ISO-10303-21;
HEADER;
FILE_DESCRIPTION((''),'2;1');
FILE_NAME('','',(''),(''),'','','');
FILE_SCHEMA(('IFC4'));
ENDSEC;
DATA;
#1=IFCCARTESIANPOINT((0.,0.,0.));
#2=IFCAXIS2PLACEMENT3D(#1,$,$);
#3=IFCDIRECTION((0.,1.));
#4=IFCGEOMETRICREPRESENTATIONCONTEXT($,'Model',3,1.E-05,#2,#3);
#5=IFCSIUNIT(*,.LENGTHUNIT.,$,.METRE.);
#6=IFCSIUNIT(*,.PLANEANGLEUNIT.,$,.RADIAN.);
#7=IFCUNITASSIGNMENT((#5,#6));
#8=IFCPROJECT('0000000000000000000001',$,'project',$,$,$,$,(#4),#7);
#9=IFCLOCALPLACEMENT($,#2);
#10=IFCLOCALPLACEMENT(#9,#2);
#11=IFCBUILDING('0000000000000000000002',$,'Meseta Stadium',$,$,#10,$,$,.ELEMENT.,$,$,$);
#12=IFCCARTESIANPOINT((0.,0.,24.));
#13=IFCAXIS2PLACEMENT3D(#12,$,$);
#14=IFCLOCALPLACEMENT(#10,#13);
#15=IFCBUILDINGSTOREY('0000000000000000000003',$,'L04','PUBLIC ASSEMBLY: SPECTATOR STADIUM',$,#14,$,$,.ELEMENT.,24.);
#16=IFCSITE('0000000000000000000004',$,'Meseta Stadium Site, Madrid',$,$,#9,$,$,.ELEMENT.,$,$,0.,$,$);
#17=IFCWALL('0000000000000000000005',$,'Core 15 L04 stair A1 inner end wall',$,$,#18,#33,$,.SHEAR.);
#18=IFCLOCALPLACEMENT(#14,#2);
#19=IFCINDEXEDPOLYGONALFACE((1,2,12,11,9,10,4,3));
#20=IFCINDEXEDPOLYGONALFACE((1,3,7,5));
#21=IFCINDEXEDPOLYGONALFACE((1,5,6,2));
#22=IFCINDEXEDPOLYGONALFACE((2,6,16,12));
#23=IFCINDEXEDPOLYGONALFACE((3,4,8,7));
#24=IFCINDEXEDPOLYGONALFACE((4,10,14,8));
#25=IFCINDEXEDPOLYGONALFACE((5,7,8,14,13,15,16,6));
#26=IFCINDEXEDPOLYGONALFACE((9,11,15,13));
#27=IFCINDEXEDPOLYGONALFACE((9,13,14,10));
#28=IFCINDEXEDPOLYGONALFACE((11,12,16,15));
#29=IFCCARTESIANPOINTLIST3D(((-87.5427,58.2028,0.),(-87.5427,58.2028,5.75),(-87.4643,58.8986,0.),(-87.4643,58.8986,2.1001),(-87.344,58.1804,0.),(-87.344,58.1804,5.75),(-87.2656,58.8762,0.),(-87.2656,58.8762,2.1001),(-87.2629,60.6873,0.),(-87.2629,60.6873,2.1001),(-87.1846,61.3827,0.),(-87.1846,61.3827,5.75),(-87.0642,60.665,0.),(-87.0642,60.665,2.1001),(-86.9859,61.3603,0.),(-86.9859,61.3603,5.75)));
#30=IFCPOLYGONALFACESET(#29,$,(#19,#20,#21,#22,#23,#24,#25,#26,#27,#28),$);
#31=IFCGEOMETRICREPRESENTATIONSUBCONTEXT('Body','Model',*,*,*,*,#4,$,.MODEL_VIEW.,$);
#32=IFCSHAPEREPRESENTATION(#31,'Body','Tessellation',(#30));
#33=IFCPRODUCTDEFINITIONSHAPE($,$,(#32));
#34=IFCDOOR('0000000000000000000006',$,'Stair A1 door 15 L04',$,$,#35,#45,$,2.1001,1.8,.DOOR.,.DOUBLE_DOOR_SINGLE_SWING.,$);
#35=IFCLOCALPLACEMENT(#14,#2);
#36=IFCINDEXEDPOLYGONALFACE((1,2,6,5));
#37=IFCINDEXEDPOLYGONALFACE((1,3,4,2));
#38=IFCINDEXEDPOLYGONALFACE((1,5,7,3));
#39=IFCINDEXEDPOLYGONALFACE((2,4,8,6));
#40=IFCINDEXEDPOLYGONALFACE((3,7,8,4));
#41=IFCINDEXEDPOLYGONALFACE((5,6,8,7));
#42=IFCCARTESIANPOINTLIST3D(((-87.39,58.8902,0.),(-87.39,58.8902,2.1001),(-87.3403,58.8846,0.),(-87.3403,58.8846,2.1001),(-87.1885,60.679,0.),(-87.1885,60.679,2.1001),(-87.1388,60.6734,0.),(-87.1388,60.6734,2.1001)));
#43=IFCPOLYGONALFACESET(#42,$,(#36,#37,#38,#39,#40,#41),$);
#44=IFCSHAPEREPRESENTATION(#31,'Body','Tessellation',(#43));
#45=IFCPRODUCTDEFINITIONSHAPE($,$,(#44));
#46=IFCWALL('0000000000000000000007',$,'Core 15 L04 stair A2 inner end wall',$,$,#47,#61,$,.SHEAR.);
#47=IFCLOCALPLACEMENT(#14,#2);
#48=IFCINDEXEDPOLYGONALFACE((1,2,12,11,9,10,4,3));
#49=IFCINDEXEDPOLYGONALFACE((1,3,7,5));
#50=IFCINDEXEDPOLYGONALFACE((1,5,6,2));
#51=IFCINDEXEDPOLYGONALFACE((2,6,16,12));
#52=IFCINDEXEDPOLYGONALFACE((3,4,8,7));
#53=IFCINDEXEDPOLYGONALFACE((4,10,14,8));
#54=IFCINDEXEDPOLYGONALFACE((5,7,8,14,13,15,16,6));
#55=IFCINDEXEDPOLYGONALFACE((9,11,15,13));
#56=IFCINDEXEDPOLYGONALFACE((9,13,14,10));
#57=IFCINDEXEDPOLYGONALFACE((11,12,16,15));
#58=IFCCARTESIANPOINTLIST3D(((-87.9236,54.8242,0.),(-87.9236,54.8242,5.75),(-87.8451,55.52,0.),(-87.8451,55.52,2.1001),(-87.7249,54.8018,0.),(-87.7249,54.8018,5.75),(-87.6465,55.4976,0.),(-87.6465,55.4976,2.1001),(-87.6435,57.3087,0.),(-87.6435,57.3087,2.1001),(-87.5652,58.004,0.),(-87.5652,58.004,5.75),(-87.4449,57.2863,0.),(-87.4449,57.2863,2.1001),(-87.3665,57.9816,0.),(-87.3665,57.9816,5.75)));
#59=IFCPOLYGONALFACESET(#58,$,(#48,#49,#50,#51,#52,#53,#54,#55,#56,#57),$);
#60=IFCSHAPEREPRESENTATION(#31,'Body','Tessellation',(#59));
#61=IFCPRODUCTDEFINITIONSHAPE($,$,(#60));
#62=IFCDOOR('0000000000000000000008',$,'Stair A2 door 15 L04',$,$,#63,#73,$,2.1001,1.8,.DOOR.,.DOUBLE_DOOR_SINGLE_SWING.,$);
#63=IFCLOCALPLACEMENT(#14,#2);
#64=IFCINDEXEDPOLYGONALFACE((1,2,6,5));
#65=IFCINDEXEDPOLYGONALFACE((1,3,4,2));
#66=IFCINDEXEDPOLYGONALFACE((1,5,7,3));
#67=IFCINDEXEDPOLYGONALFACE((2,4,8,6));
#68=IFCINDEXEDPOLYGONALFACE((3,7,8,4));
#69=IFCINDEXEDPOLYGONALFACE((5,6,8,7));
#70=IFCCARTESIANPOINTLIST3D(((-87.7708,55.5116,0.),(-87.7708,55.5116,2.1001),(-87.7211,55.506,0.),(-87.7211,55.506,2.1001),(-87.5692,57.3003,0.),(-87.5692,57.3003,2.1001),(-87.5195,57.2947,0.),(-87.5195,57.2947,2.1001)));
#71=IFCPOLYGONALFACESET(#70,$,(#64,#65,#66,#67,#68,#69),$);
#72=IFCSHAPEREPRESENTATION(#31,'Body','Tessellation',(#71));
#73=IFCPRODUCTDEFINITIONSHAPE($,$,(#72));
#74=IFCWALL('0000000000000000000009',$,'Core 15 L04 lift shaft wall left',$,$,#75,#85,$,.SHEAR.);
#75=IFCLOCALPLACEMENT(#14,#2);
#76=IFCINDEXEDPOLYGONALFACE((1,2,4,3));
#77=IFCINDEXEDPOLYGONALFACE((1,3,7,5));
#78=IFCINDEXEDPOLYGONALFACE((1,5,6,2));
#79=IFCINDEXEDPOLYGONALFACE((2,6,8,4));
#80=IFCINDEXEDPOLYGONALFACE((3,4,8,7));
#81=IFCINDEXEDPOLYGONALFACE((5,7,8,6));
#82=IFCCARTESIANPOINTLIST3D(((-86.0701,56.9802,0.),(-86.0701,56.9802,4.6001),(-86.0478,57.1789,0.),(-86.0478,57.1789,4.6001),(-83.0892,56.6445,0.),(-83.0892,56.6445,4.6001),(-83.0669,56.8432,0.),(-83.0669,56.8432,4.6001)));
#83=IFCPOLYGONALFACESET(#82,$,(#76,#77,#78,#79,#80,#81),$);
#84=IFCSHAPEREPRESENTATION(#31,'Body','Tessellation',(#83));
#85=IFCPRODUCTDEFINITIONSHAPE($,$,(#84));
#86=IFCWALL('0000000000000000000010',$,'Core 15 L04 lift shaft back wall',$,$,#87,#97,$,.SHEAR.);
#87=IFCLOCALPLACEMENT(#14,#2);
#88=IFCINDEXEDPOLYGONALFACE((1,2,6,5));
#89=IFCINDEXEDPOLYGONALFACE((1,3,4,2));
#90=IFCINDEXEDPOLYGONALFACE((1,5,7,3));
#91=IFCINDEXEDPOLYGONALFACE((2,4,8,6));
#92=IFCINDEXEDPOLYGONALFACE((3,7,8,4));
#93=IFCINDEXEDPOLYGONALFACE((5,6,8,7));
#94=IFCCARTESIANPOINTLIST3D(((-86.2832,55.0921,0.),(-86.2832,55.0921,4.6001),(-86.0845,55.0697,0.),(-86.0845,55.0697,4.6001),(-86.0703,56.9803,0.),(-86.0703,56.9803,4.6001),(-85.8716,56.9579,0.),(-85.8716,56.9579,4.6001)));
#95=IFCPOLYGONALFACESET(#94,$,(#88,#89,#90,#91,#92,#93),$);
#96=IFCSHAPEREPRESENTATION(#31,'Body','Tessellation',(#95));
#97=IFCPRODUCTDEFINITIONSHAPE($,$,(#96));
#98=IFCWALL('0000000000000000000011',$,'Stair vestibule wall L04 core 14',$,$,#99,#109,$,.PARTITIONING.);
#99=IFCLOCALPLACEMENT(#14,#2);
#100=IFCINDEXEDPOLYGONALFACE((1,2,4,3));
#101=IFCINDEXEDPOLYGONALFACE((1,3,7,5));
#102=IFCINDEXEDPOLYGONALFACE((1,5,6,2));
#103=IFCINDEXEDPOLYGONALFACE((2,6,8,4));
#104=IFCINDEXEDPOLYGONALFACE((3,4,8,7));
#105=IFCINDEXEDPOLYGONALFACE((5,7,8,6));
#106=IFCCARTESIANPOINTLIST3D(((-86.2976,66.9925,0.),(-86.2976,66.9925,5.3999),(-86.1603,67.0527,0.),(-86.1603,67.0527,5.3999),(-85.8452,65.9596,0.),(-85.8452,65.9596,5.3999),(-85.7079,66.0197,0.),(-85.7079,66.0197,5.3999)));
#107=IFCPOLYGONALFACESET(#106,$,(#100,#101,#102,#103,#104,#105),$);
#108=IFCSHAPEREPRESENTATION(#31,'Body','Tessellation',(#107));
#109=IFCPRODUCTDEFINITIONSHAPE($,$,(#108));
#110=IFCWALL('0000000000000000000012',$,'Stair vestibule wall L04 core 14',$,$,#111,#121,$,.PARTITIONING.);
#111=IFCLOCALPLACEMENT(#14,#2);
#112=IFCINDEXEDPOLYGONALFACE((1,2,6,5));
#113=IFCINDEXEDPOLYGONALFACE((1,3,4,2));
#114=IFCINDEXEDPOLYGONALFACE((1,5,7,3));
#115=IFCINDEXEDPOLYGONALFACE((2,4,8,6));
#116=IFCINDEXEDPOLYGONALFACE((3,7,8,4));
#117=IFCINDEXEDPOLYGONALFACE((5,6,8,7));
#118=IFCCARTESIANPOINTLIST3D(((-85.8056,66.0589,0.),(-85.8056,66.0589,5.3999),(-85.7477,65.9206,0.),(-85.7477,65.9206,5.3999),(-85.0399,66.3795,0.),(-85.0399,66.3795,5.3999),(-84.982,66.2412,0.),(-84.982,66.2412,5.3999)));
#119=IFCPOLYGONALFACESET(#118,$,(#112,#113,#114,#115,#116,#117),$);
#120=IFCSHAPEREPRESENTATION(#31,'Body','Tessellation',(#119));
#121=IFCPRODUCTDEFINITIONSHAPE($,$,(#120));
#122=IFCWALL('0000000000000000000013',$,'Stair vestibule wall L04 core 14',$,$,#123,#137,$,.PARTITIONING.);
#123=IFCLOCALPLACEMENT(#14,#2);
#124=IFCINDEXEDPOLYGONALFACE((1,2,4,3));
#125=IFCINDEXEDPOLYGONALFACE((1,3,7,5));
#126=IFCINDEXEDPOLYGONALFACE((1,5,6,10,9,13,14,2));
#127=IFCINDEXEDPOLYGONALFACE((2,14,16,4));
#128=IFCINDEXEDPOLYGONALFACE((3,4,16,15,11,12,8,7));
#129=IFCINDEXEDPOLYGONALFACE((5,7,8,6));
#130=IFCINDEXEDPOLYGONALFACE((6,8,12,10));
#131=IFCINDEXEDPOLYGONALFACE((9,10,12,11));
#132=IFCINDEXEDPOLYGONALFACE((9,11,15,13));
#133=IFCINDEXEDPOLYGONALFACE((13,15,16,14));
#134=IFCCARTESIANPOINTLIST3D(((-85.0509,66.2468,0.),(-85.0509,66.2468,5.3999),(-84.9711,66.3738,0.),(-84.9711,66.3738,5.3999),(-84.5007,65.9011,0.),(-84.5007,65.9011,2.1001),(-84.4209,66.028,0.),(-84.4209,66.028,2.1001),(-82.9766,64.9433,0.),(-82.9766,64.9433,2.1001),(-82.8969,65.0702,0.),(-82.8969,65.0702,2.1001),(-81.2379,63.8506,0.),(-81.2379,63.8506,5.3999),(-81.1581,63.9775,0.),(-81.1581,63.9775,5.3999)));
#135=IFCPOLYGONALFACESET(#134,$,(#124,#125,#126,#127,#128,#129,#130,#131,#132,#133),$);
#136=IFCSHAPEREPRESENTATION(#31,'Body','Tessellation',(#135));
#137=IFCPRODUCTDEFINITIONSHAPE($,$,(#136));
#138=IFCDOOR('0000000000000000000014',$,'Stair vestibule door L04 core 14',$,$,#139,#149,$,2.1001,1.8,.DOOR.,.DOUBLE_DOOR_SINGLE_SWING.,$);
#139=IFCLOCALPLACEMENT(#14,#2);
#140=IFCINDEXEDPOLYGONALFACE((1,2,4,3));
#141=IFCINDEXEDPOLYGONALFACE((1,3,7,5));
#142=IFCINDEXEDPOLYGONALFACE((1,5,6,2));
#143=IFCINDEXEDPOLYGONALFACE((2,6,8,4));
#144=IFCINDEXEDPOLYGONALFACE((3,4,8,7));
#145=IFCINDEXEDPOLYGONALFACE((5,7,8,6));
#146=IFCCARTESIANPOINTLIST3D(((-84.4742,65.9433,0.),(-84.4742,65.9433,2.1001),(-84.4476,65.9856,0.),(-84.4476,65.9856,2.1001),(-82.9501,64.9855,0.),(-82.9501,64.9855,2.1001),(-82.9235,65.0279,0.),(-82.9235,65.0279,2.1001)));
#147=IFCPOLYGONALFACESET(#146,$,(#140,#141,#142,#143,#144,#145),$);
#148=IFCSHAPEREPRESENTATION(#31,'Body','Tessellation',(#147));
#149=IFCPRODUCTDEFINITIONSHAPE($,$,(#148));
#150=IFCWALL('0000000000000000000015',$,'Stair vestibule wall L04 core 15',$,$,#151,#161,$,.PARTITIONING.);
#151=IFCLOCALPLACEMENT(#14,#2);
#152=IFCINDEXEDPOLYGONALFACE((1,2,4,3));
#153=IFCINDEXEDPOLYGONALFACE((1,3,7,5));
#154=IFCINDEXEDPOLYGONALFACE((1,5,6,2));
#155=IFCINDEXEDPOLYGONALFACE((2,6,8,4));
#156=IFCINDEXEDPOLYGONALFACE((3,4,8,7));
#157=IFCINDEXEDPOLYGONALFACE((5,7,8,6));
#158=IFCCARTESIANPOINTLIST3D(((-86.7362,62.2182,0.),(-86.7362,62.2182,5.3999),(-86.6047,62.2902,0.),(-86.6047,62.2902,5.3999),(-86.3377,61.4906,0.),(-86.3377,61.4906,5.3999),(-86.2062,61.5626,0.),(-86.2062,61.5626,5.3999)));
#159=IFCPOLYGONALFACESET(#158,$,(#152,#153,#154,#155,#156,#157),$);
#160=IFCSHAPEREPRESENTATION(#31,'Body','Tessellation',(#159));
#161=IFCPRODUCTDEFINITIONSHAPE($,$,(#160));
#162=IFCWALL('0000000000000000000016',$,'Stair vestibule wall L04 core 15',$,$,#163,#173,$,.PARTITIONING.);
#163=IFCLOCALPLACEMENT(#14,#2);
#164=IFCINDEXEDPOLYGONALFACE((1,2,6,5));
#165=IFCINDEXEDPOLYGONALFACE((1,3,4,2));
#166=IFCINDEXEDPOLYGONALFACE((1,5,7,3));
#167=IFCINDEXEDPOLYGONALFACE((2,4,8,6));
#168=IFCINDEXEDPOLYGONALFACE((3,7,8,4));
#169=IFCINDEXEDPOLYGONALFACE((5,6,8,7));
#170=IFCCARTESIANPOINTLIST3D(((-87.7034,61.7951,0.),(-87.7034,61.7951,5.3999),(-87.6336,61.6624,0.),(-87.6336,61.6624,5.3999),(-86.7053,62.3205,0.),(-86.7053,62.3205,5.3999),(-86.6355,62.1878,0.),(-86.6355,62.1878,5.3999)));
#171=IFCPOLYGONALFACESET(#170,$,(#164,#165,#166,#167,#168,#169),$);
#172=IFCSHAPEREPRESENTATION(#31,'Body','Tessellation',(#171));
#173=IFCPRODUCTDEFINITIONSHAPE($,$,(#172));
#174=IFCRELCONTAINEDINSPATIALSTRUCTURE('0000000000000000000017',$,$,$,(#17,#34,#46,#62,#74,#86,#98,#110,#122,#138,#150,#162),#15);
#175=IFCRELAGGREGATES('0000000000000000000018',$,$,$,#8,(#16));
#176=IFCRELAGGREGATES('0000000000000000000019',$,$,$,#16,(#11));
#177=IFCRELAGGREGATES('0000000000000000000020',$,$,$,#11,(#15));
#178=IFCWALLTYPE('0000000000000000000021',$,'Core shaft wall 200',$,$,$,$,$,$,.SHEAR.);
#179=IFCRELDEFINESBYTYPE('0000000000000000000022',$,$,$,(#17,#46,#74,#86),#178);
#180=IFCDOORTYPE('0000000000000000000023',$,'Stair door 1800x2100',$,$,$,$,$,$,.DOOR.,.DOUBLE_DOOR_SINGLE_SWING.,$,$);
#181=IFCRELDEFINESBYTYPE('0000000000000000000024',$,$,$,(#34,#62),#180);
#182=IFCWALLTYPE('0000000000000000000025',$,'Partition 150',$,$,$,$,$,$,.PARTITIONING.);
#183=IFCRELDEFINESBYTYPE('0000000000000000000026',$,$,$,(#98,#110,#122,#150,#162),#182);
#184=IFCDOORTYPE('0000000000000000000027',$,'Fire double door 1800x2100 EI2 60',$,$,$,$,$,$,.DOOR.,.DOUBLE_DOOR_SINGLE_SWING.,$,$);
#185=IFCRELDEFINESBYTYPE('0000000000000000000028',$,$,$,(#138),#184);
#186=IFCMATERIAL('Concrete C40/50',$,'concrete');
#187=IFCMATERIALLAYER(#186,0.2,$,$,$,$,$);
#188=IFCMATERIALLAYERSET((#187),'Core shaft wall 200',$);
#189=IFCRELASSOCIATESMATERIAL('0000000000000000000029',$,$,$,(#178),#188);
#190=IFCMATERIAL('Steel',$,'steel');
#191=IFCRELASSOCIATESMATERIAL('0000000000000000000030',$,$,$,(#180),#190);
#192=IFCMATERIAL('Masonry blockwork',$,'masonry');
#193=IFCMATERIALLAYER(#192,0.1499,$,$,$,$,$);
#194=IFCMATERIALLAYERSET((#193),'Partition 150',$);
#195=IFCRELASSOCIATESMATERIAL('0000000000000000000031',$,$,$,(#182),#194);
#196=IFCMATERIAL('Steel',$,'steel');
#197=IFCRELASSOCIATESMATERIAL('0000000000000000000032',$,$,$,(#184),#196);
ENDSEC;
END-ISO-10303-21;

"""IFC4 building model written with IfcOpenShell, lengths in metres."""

from ifc_helpers import new_model, si_unit, direction, frame, frame_2d, origin, place, context, subcontext, project, spatial, rectangle, extrude, material, layer, layer_set, type_object, element, fill, save


model = new_model("IFC4")

# Units and contexts
model_context = context("Model", 3, precision=1e-05, world=origin(), true_north=direction((0.0, 1.0)))
body_context = subcontext(model_context, "Body", "Model", "MODEL_VIEW")
ifc_project = project(units=[si_unit("LENGTHUNIT", "METRE"), si_unit("PLANEANGLEUNIT", "RADIAN")], contexts=[model_context])

# Site, building, storey
site_placement = place(None, origin())
site = spatial("IfcSite", under=ifc_project, at=site_placement, Name="Meseta Stadium Site, Madrid", CompositionType="ELEMENT", RefElevation=0.0)
building_placement = place(site_placement, origin())
building = spatial("IfcBuilding", under=site, at=building_placement, Name="Meseta Stadium", CompositionType="ELEMENT")
storey_placement = place(building_placement, frame((0.0, 0.0, 24.0)))
storey = spatial("IfcBuildingStorey", under=building, at=storey_placement, Name="L04", Description="PUBLIC ASSEMBLY: SPECTATOR STADIUM", CompositionType="ELEMENT", Elevation=24.0)

# Shared definitions
ifc_material_1 = material(Name="Concrete C40/50", Category="concrete")
ifc_layer_1 = layer(ifc_material_1, 0.2)
ifc_layer_set_1 = layer_set([ifc_layer_1], Name="Core shaft wall 200")
wall_type_1 = type_object("IfcWallType", Name="Core shaft wall 200", PredefinedType="SHEAR", material=ifc_layer_set_1)

# Walls, openings, doors
wall_1_placement = place(storey_placement, frame((-87.0852, 61.3716, 0.0), z_axis=(0.0, 0.0, 1.0), x_axis=(-0.111922, -0.993717, 0.0)))
wall_1 = element("IfcWall", 1, at=wall_1_placement, inside=storey, type_object=wall_type_1, Name="Core 15 L04 stair A1 inner end wall", PredefinedType="SHEAR", context=body_context, shape_type="SweptSolid", body=[
    extrude(rectangle(XDim=3.2, YDim=0.2, at=frame_2d((1.6001, 0.0))), origin(), (0.0, 0.0, 1.0), 5.75),
])
opening_1_placement = place(wall_1_placement, frame((0.7, 0.0, 0.0)))
opening_1 = element("IfcOpeningElement", 2, at=opening_1_placement, cuts=wall_1, PredefinedType="OPENING", context=body_context, shape_type="SweptSolid", body=[
    extrude(rectangle(XDim=1.8, YDim=2.1001, at=frame_2d((0.8999, 1.05))), frame((0.0, 0.1099, 0.0), z_axis=(0.0, -1.0, 0.0), x_axis=(1.0, 0.0, 0.0)), (0.0, 0.0, 1.0), 0.22),
])
ifc_material_2 = material(Name="Steel", Category="steel")
door_type_1 = type_object("IfcDoorType", Name="Stair door 1800x2100", OperationType="DOUBLE_DOOR_SINGLE_SWING", PredefinedType="DOOR", material=ifc_material_2)
door_1_placement = place(opening_1_placement, origin())
door_1 = element("IfcDoor", 3, at=door_1_placement, inside=storey, type_object=door_type_1, Name="Stair A1 door 15 L04", OperationType="DOUBLE_DOOR_SINGLE_SWING", OverallHeight=2.1001, OverallWidth=1.8, PredefinedType="DOOR", context=body_context, shape_type="SweptSolid", body=[
    extrude(rectangle(XDim=1.8, YDim=2.1001, at=frame_2d((0.8999, 1.05))), frame((0.0, 0.0249, 0.0), z_axis=(0.0, -1.0, 0.0), x_axis=(1.0, 0.0, 0.0)), (0.0, 0.0, 1.0), 0.05),
])
fill(opening_1, door_1)
wall_2_placement = place(storey_placement, frame((-87.4658, 57.9929, 0.0), z_axis=(0.0, 0.0, 1.0), x_axis=(-0.111997, -0.993709, 0.0)))
wall_2 = element("IfcWall", 4, at=wall_2_placement, inside=storey, type_object=wall_type_1, Name="Core 15 L04 stair A2 inner end wall", PredefinedType="SHEAR", context=body_context, shape_type="SweptSolid", body=[
    extrude(rectangle(XDim=3.2, YDim=0.2, at=frame_2d((1.6001, 0.0))), origin(), (0.0, 0.0, 1.0), 5.75),
])
opening_2_placement = place(wall_2_placement, frame((0.7, 0.0, 0.0)))
opening_2 = element("IfcOpeningElement", 5, at=opening_2_placement, cuts=wall_2, PredefinedType="OPENING", context=body_context, shape_type="SweptSolid", body=[
    extrude(rectangle(XDim=1.8, YDim=2.1001, at=frame_2d((0.8999, 1.05))), frame((0.0, 0.1099, 0.0), z_axis=(0.0, -1.0, 0.0), x_axis=(1.0, 0.0, 0.0)), (0.0, 0.0, 1.0), 0.22),
])
door_2_placement = place(opening_2_placement, origin())
door_2 = element("IfcDoor", 6, at=door_2_placement, inside=storey, type_object=door_type_1, Name="Stair A2 door 15 L04", OperationType="DOUBLE_DOOR_SINGLE_SWING", OverallHeight=2.1001, OverallWidth=1.8, PredefinedType="DOOR", context=body_context, shape_type="SweptSolid", body=[
    extrude(rectangle(XDim=1.8, YDim=2.1001, at=frame_2d((0.8999, 1.05))), frame((0.0, 0.0249, 0.0), z_axis=(0.0, -1.0, 0.0), x_axis=(1.0, 0.0, 0.0)), (0.0, 0.0, 1.0), 0.05),
])
fill(opening_2, door_2)

# Walls
wall_3_placement = place(storey_placement, frame((-86.0591, 57.0796, 0.0), z_axis=(0.0, 0.0, 1.0), x_axis=(0.993719, -0.111905, 0.0)))
element("IfcWall", 7, at=wall_3_placement, inside=storey, type_object=wall_type_1, Name="Core 15 L04 lift shaft wall left", PredefinedType="SHEAR", context=body_context, shape_type="SweptSolid", body=[
    extrude(rectangle(XDim=2.9998, YDim=0.2, at=frame_2d((1.5, 0.0))), origin(), (0.0, 0.0, 1.0), 4.6001),
])
wall_4_placement = place(storey_placement, frame((-85.9709, 56.9692, 0.0), z_axis=(0.0, 0.0, 1.0), x_axis=(-0.112039, -0.993704, 0.0)))
element("IfcWall", 8, at=wall_4_placement, inside=storey, type_object=wall_type_1, Name="Core 15 L04 lift shaft back wall", PredefinedType="SHEAR", context=body_context, shape_type="SweptSolid", body=[
    extrude(rectangle(XDim=1.9001, YDim=0.2, at=frame_2d((0.9502, 0.0))), origin(), (0.0, 0.0, 1.0), 4.6001),
])
ifc_material_3 = material(Name="Masonry blockwork", Category="masonry")
ifc_layer_2 = layer(ifc_material_3, 0.1499)
ifc_layer_set_2 = layer_set([ifc_layer_2], Name="Partition 150")
wall_type_2 = type_object("IfcWallType", Name="Partition 150", PredefinedType="PARTITIONING", material=ifc_layer_set_2)
wall_5_placement = place(storey_placement, frame((-86.229, 67.0227, 0.0), z_axis=(0.0, 0.0, 1.0), x_axis=(0.401171, -0.916003, 0.0)))
element("IfcWall", 9, at=wall_5_placement, inside=storey, type_object=wall_type_2, Name="Stair vestibule wall L04 core 14", PredefinedType="PARTITIONING", context=body_context, shape_type="SweptSolid", body=[
    extrude(rectangle(XDim=1.1277, YDim=0.1499, at=frame_2d((0.564, 0.0))), origin(), (0.0, 0.0, 1.0), 5.3999),
])
wall_6_placement = place(storey_placement, frame((-85.7766, 65.9897, 0.0), z_axis=(0.0, 0.0, 1.0), x_axis=(0.922414, 0.386202, 0.0)))
element("IfcWall", 10, at=wall_6_placement, inside=storey, type_object=wall_type_2, Name="Stair vestibule wall L04 core 14", PredefinedType="PARTITIONING", context=body_context, shape_type="SweptSolid", body=[
    extrude(rectangle(XDim=0.8301, YDim=0.1499, at=frame_2d((0.415, 0.0))), origin(), (0.0, 0.0, 1.0), 5.3999),
])

# Wall, opening, door
wall_7_placement = place(storey_placement, frame((-85.011, 66.3103, 0.0), z_axis=(0.0, 0.0, 1.0), x_axis=(0.846686, -0.532093, 0.0)))
wall_7 = element("IfcWall", 11, at=wall_7_placement, inside=storey, type_object=wall_type_2, Name="Stair vestibule wall L04 core 14", PredefinedType="PARTITIONING", context=body_context, shape_type="SweptSolid", body=[
    extrude(rectangle(XDim=4.5034, YDim=0.1499, at=frame_2d((2.2517, 0.0))), origin(), (0.0, 0.0, 1.0), 5.3999),
])
opening_3_placement = place(wall_7_placement, frame((0.6499, 0.0, 0.0)))
opening_3 = element("IfcOpeningElement", 12, at=opening_3_placement, cuts=wall_7, PredefinedType="OPENING", context=body_context, shape_type="SweptSolid", body=[
    extrude(rectangle(XDim=1.8, YDim=2.1001, at=frame_2d((0.8999, 1.05))), frame((0.0, 0.085, 0.0), z_axis=(0.0, -1.0, 0.0), x_axis=(1.0, 0.0, 0.0)), (0.0, 0.0, 1.0), 0.1699),
])
ifc_material_4 = material(Name="Steel", Category="steel")
door_type_2 = type_object("IfcDoorType", Name="Fire double door 1800x2100 EI2 60", OperationType="DOUBLE_DOOR_SINGLE_SWING", PredefinedType="DOOR", material=ifc_material_4)
door_3_placement = place(opening_3_placement, origin())
door_3 = element("IfcDoor", 13, at=door_3_placement, inside=storey, type_object=door_type_2, Name="Stair vestibule door L04 core 14", OperationType="DOUBLE_DOOR_SINGLE_SWING", OverallHeight=2.1001, OverallWidth=1.8, PredefinedType="DOOR", context=body_context, shape_type="SweptSolid", body=[
    extrude(rectangle(XDim=1.8, YDim=2.1001, at=frame_2d((0.8999, 1.05))), frame((0.0, 0.0249, 0.0), z_axis=(0.0, -1.0, 0.0), x_axis=(1.0, 0.0, 0.0)), (0.0, 0.0, 1.0), 0.05),
])
fill(opening_3, door_3)

# Walls
wall_8_placement = place(storey_placement, frame((-86.272, 61.5266, 0.0), z_axis=(0.0, 0.0, 1.0), x_axis=(-0.480336, 0.877084, 0.0)))
element("IfcWall", 14, at=wall_8_placement, inside=storey, type_object=wall_type_2, Name="Stair vestibule wall L04 core 15", PredefinedType="PARTITIONING", context=body_context, shape_type="SweptSolid", body=[
    extrude(rectangle(XDim=0.8296, YDim=0.1499, at=frame_2d((0.4148, 0.0))), origin(), (0.0, 0.0, 1.0), 5.3999),
])
wall_9_placement = place(storey_placement, frame((-86.6704, 62.2542, 0.0), z_axis=(0.0, 0.0, 1.0), x_axis=(-0.884881, -0.465818, 0.0)))
element("IfcWall", 15, at=wall_9_placement, inside=storey, type_object=wall_type_2, Name="Stair vestibule wall L04 core 15", PredefinedType="PARTITIONING", context=body_context, shape_type="SweptSolid", body=[
    extrude(rectangle(XDim=1.1279, YDim=0.1499, at=frame_2d((0.564, 0.0))), origin(), (0.0, 0.0, 1.0), 5.3999),
])

save(model, "model.ifc")
